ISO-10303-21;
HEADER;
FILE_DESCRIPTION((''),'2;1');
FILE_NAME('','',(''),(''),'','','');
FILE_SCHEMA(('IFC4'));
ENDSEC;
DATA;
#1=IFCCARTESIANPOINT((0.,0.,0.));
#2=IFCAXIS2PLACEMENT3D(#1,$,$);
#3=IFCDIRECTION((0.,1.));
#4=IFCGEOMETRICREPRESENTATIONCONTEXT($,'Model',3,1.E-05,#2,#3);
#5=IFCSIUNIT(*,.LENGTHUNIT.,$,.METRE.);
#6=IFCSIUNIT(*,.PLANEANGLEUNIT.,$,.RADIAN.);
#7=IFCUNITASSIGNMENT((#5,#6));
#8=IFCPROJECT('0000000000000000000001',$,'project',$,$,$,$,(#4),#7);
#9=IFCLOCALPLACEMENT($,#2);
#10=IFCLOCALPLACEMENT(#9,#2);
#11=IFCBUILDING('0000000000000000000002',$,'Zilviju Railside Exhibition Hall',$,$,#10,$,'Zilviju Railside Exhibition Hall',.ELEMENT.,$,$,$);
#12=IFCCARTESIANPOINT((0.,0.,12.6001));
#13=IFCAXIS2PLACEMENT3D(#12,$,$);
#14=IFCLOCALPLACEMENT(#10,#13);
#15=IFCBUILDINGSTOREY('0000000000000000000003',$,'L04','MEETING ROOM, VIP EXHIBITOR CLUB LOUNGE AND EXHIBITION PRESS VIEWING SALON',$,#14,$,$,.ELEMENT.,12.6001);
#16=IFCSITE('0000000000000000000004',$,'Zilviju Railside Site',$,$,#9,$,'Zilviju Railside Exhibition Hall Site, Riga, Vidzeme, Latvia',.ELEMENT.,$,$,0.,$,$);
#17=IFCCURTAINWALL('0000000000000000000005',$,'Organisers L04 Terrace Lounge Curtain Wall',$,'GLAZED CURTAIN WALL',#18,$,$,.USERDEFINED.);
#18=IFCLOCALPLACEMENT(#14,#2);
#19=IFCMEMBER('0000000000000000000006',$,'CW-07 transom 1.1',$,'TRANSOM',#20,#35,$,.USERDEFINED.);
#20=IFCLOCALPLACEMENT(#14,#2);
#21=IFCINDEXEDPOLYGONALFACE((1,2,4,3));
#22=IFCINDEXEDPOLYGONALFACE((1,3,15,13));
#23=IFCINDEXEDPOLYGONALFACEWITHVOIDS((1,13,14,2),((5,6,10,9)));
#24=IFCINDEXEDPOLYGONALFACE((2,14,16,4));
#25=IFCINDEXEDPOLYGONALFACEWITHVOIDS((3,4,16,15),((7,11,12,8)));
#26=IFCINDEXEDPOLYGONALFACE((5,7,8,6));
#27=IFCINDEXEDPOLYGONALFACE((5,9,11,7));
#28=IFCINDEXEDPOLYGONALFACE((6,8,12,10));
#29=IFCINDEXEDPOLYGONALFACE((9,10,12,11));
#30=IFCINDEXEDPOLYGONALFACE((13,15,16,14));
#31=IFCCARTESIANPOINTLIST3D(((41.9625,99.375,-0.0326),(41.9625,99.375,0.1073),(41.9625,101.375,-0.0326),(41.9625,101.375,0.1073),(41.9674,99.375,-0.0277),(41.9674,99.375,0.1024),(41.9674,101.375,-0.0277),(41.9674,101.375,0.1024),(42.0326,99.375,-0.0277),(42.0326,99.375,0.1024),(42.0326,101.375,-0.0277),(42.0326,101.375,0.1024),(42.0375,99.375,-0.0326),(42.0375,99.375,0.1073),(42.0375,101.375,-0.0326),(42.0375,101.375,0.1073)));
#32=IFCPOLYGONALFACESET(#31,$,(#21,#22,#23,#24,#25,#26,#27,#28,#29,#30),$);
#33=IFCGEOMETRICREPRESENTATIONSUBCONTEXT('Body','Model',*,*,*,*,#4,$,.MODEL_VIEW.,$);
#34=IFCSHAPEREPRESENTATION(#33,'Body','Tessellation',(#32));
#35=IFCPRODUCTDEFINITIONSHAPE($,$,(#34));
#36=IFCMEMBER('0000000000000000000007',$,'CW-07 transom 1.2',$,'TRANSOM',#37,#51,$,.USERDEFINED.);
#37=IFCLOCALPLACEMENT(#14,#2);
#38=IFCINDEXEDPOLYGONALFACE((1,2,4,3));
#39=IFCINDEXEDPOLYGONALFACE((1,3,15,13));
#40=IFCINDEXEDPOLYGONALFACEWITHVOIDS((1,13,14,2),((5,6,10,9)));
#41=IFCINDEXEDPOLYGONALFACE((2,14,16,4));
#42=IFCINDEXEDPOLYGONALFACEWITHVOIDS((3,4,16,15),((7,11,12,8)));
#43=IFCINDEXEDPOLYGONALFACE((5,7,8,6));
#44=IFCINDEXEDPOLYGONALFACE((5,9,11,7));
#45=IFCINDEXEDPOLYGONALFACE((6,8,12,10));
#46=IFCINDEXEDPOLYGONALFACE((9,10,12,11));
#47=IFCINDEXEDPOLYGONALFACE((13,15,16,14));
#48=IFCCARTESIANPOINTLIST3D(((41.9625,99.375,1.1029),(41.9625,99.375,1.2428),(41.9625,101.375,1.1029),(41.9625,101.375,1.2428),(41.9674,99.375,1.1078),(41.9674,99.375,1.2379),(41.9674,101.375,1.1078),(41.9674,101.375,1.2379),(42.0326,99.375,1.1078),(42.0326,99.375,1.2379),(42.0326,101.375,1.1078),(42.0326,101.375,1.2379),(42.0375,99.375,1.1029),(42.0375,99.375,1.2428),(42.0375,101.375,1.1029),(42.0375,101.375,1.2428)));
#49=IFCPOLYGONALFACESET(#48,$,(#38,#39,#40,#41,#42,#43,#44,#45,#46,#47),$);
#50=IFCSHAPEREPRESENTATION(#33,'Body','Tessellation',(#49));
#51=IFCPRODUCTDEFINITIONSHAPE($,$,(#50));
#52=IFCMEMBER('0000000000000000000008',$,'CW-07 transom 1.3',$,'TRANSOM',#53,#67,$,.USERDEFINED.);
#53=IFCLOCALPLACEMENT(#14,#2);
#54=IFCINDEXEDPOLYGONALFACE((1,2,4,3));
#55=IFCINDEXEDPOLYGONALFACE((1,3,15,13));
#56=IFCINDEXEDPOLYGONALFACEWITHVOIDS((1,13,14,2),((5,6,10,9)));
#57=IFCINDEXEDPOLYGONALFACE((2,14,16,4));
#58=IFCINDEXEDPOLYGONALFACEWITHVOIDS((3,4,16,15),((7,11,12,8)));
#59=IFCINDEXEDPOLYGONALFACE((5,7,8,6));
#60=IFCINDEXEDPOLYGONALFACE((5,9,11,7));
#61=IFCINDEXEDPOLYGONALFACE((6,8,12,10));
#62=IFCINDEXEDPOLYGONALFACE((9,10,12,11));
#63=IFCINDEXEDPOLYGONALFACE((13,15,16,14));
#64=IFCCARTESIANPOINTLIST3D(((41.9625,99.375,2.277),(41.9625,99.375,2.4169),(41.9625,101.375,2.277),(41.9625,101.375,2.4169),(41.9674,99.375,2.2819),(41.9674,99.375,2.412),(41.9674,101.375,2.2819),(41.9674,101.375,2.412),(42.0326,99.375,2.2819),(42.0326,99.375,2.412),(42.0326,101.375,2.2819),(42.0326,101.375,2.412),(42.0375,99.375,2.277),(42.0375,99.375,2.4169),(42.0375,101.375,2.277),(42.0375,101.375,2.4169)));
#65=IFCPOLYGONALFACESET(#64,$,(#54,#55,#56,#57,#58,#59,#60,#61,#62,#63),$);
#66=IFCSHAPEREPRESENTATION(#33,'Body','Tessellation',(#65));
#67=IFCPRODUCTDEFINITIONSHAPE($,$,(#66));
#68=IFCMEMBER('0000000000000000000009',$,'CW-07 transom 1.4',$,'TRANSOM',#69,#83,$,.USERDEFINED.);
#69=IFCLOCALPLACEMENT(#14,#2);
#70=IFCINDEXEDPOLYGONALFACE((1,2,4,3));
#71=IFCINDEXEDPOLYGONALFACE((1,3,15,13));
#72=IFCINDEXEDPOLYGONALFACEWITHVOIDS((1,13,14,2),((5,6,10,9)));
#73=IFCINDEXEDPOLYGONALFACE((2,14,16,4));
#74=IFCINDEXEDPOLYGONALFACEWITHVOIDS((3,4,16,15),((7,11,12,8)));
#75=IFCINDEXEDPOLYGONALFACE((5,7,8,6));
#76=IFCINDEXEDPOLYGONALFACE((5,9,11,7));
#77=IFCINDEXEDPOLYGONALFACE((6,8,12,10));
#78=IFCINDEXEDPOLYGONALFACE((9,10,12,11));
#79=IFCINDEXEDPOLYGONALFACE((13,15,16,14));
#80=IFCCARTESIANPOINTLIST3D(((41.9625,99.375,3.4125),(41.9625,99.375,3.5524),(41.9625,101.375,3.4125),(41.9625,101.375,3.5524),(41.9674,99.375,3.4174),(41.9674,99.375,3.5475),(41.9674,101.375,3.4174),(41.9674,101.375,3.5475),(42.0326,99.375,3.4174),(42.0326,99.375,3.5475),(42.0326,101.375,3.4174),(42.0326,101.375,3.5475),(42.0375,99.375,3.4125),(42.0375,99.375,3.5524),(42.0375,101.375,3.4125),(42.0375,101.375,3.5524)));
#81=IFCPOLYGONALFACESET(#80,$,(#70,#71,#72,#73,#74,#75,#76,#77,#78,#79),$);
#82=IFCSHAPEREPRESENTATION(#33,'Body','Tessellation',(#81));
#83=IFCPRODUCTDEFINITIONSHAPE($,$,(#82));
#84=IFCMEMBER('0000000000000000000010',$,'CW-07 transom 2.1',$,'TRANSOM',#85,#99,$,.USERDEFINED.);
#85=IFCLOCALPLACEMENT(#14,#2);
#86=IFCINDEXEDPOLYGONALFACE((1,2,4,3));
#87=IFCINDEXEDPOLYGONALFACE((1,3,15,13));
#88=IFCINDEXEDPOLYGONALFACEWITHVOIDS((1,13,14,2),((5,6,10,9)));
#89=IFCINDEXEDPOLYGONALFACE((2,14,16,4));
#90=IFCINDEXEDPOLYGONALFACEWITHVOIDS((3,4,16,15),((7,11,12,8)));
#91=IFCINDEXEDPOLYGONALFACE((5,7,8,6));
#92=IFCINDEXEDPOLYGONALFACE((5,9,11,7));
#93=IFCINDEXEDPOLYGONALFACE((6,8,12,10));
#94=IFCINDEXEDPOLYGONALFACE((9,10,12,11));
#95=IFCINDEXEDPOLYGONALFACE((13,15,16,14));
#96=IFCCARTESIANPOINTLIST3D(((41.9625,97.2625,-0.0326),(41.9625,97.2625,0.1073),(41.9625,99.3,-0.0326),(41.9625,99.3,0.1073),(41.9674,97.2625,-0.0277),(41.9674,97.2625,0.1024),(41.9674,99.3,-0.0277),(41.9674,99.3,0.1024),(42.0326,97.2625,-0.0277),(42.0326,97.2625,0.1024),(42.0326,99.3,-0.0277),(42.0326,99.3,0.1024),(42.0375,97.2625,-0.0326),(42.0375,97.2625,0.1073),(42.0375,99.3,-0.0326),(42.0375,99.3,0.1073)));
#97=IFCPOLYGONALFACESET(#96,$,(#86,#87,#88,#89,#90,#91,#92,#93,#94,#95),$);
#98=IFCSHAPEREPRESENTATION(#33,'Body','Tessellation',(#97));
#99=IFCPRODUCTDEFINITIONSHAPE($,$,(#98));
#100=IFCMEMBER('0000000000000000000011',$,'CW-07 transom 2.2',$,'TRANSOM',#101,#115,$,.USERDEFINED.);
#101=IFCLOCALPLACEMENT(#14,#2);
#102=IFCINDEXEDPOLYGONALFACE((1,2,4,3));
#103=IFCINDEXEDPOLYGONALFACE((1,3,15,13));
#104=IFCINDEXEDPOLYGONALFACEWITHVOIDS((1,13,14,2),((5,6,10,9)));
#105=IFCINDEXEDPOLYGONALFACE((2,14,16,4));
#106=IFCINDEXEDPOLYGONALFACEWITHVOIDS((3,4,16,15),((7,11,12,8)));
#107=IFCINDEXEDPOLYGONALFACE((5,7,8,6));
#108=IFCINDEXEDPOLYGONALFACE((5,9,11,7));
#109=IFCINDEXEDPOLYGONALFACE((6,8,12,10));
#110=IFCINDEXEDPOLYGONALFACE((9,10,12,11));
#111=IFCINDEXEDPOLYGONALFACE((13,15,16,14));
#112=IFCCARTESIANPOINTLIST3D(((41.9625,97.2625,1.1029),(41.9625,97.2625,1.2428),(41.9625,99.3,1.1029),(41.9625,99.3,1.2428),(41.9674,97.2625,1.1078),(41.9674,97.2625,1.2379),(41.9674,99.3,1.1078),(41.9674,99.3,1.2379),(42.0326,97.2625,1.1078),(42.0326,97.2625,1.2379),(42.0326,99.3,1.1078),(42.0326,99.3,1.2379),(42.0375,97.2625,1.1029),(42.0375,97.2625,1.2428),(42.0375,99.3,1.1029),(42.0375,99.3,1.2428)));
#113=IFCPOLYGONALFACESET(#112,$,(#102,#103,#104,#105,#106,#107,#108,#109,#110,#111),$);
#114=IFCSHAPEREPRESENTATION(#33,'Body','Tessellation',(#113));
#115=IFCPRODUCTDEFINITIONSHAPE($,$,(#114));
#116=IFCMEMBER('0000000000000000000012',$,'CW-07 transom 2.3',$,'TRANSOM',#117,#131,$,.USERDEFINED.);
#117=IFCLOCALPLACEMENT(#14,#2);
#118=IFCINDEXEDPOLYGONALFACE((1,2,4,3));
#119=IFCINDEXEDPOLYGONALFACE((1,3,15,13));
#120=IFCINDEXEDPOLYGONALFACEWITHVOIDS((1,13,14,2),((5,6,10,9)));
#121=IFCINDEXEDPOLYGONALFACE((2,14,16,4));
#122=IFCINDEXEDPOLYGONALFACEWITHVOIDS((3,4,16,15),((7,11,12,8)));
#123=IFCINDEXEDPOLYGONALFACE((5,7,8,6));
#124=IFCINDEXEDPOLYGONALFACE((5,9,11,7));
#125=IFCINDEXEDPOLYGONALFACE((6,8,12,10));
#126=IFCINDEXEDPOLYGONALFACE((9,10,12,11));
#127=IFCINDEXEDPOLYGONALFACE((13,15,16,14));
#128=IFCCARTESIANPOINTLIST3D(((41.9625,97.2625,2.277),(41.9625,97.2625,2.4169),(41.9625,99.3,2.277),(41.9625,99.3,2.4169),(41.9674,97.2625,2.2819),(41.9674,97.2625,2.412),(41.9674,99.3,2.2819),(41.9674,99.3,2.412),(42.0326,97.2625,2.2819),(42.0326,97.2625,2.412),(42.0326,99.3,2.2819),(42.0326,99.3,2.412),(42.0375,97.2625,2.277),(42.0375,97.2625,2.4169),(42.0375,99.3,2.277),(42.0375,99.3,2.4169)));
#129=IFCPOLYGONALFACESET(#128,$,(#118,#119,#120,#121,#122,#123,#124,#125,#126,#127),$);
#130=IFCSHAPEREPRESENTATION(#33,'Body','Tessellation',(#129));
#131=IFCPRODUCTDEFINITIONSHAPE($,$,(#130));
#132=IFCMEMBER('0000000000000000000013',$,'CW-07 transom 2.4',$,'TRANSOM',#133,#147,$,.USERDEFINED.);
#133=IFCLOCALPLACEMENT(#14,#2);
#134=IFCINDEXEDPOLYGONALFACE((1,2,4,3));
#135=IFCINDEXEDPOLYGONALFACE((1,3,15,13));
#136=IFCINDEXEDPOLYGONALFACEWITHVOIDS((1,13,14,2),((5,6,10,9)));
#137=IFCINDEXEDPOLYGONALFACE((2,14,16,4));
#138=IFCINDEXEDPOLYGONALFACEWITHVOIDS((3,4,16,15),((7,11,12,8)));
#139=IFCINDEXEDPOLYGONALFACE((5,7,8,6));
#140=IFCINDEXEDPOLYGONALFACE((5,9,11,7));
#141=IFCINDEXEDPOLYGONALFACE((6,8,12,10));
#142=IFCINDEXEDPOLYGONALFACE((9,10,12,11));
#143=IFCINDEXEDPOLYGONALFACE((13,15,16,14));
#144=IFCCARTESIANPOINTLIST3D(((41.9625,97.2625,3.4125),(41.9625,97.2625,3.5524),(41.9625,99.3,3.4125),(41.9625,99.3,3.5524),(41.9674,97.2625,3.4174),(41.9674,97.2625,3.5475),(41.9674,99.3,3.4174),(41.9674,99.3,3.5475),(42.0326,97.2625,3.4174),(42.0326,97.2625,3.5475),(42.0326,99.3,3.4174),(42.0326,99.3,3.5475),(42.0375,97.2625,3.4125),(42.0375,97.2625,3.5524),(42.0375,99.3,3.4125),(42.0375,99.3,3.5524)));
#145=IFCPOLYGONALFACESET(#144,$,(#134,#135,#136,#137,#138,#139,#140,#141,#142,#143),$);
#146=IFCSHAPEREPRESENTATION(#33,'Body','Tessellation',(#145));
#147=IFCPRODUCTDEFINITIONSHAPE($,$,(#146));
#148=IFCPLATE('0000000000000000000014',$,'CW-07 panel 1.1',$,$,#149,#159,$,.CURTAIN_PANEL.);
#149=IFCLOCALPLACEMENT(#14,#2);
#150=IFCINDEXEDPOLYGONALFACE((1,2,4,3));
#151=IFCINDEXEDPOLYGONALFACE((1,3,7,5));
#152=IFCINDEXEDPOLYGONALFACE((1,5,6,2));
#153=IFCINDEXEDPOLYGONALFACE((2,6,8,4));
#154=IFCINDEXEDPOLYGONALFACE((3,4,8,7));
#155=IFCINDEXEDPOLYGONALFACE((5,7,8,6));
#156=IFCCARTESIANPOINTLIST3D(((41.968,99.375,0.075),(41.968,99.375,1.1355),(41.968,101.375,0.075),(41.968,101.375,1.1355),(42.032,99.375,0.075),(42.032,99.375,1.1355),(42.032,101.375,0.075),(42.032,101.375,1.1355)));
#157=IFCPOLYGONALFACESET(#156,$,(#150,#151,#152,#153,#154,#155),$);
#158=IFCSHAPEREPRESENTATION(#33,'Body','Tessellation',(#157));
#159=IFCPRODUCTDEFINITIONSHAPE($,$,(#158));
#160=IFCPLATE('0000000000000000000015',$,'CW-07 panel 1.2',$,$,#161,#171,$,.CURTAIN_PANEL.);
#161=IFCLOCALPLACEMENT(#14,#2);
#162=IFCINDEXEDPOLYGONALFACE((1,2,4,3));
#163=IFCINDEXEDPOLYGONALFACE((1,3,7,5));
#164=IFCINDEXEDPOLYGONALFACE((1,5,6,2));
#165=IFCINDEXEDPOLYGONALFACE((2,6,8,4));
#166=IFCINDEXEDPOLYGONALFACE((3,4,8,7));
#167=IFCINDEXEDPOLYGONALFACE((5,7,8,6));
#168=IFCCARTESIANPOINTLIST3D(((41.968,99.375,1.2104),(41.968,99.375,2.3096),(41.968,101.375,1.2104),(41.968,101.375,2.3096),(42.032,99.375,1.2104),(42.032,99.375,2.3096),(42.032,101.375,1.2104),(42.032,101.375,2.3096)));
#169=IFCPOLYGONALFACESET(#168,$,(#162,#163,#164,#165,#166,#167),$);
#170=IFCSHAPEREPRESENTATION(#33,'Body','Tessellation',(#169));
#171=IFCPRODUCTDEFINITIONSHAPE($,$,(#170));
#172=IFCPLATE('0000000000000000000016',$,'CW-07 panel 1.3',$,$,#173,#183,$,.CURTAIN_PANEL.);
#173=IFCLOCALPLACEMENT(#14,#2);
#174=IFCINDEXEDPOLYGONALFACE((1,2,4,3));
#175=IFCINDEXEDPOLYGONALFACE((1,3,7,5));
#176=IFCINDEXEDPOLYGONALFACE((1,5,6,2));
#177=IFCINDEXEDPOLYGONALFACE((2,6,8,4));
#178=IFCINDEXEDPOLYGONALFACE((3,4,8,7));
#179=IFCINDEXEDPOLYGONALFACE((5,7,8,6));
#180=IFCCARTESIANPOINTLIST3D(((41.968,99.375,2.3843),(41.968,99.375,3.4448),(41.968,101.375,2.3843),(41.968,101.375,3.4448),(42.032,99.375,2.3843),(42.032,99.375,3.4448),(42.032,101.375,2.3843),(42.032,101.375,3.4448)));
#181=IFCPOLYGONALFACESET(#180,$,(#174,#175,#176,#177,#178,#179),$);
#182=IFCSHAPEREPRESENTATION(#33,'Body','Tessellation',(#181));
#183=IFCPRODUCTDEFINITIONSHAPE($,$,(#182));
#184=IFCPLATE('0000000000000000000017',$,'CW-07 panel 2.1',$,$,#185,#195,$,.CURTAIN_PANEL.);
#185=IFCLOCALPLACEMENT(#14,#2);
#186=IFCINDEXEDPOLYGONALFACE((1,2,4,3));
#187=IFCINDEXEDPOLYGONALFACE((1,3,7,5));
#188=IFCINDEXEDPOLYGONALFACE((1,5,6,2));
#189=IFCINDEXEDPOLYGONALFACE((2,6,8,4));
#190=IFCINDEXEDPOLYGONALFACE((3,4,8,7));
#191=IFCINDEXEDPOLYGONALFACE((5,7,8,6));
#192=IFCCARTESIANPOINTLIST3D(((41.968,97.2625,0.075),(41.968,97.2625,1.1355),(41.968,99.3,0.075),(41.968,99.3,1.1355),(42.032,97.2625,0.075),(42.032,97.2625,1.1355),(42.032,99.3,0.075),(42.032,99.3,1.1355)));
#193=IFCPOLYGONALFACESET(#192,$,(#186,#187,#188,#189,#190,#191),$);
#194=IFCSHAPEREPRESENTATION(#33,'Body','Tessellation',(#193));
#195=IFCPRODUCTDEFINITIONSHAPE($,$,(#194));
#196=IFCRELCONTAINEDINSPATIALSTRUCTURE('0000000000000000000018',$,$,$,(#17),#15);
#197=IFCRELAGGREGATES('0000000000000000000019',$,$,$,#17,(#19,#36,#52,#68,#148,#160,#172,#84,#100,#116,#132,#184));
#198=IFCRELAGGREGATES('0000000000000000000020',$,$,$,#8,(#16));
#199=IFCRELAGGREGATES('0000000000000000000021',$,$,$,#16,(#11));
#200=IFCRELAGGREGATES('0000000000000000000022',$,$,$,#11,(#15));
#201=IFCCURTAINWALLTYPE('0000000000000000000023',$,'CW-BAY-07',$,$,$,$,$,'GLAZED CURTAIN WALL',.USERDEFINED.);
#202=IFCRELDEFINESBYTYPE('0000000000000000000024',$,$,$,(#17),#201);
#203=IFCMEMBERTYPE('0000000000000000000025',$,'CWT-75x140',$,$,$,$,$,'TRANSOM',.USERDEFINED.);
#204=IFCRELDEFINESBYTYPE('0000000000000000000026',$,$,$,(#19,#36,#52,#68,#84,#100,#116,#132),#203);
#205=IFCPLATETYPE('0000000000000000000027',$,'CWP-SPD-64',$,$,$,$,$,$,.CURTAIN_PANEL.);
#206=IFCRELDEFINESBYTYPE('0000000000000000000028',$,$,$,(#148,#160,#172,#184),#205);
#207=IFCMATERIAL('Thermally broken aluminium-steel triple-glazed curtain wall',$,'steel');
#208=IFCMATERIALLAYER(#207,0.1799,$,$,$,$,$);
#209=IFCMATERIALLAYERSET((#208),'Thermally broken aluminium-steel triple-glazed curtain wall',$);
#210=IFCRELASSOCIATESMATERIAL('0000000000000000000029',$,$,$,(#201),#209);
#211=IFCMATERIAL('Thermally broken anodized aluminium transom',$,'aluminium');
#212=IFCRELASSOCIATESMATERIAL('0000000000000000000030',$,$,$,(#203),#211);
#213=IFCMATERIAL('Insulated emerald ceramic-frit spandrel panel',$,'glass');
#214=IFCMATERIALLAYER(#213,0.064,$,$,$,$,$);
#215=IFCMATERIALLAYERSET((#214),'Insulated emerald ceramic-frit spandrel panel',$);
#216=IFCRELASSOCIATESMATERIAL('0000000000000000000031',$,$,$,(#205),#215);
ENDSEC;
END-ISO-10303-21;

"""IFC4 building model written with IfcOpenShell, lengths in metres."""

from ifc_helpers import new_model, si_unit, direction, frame, origin, origin_2d, place, context, subcontext, project, spatial, rectangle, hollow_rectangle, extrude, material, layer, layer_set, material_profile, profile_set, type_object, element, aggregate, save


model = new_model("IFC4")

# Units and contexts
model_context = context("Model", 3, precision=1e-05, world=origin(), true_north=direction((0.0, 1.0)))
body_context = subcontext(model_context, "Body", "Model", "MODEL_VIEW")
ifc_project = project(units=[si_unit("LENGTHUNIT", "METRE"), si_unit("PLANEANGLEUNIT", "RADIAN")], contexts=[model_context])

# Site, building, storey
site_placement = place(None, origin())
site = spatial("IfcSite", under=ifc_project, at=site_placement, Name="Zilviju Railside Site", LongName="Zilviju Railside Exhibition Hall Site, Riga, Vidzeme, Latvia", CompositionType="ELEMENT", RefElevation=0.0)
building_placement = place(site_placement, origin())
building = spatial("IfcBuilding", under=site, at=building_placement, Name="Zilviju Railside Exhibition Hall", LongName="Zilviju Railside Exhibition Hall", CompositionType="ELEMENT")
storey_placement = place(building_placement, frame((0.0, 0.0, 12.6001)))
storey = spatial("IfcBuildingStorey", under=building, at=storey_placement, Name="L04", Description="MEETING ROOM, VIP EXHIBITOR CLUB LOUNGE AND EXHIBITION PRESS VIEWING SALON", CompositionType="ELEMENT", Elevation=12.6001)

# Curtain wall, members, plates
ifc_material_1 = material(Name="Thermally broken aluminium-steel triple-glazed curtain wall", Category="steel")
ifc_layer_1 = layer(ifc_material_1, 0.1799)
ifc_layer_set_1 = layer_set([ifc_layer_1], Name="Thermally broken aluminium-steel triple-glazed curtain wall")
curtain_wall_type = type_object("IfcCurtainWallType", Name="CW-BAY-07", ElementType="GLAZED CURTAIN WALL", PredefinedType="USERDEFINED", material=ifc_layer_set_1)
curtain_wall_placement = place(storey_placement, origin())
curtain_wall = element("IfcCurtainWall", 1, at=curtain_wall_placement, inside=storey, type_object=curtain_wall_type, Name="Organisers L04 Terrace Lounge Curtain Wall", ObjectType="GLAZED CURTAIN WALL", PredefinedType="USERDEFINED")
ifc_material_2 = material(Name="Thermally broken anodized aluminium transom", Category="aluminium")
ifc_material_profile_1 = material_profile(ifc_material_2, hollow_rectangle(XDim=0.075, YDim=0.1399, WallThickness=0.0049, at=origin_2d()), Name="TRANSOM 140x75x5")
ifc_profile_set_1 = profile_set([ifc_material_profile_1], Name="Thermally broken anodized aluminium transom")
member_type_1 = type_object("IfcMemberType", Name="CWT-75x140", ElementType="TRANSOM", PredefinedType="USERDEFINED", material=ifc_profile_set_1)
member_1_placement = place(storey_placement, frame((42.0, 101.375, 0.0374), z_axis=(0.0, -1.0, 0.0), x_axis=(1.0, 0.0, 0.0)))
member_1 = element("IfcMember", 2, at=member_1_placement, type_object=member_type_1, Name="CW-07 transom 1.1", ObjectType="TRANSOM", PredefinedType="USERDEFINED", context=body_context, shape_type="SweptSolid", body=[
    extrude(hollow_rectangle(XDim=0.075, YDim=0.1399, WallThickness=0.0049, at=origin_2d()), origin(), (0.0, 0.0, 1.0), 2.0),
])
member_2_placement = place(storey_placement, frame((42.0, 101.375, 1.1729), z_axis=(0.0, -1.0, 0.0), x_axis=(1.0, 0.0, 0.0)))
member_2 = element("IfcMember", 3, at=member_2_placement, type_object=member_type_1, Name="CW-07 transom 1.2", ObjectType="TRANSOM", PredefinedType="USERDEFINED", context=body_context, shape_type="SweptSolid", body=[
    extrude(hollow_rectangle(XDim=0.075, YDim=0.1399, WallThickness=0.0049, at=origin_2d()), origin(), (0.0, 0.0, 1.0), 2.0),
])
member_3_placement = place(storey_placement, frame((42.0, 101.375, 2.3469), z_axis=(0.0, -1.0, 0.0), x_axis=(1.0, 0.0, 0.0)))
member_3 = element("IfcMember", 4, at=member_3_placement, type_object=member_type_1, Name="CW-07 transom 1.3", ObjectType="TRANSOM", PredefinedType="USERDEFINED", context=body_context, shape_type="SweptSolid", body=[
    extrude(hollow_rectangle(XDim=0.075, YDim=0.1399, WallThickness=0.0049, at=origin_2d()), origin(), (0.0, 0.0, 1.0), 2.0),
])
member_4_placement = place(storey_placement, frame((42.0, 101.375, 3.4824), z_axis=(0.0, -1.0, 0.0), x_axis=(1.0, 0.0, 0.0)))
member_4 = element("IfcMember", 5, at=member_4_placement, type_object=member_type_1, Name="CW-07 transom 1.4", ObjectType="TRANSOM", PredefinedType="USERDEFINED", context=body_context, shape_type="SweptSolid", body=[
    extrude(hollow_rectangle(XDim=0.075, YDim=0.1399, WallThickness=0.0049, at=origin_2d()), origin(), (0.0, 0.0, 1.0), 2.0),
])
member_5_placement = place(storey_placement, frame((42.0, 99.3, 0.0374), z_axis=(0.0, -1.0, 0.0), x_axis=(1.0, 0.0, 0.0)))
member_5 = element("IfcMember", 6, at=member_5_placement, type_object=member_type_1, Name="CW-07 transom 2.1", ObjectType="TRANSOM", PredefinedType="USERDEFINED", context=body_context, shape_type="SweptSolid", body=[
    extrude(hollow_rectangle(XDim=0.075, YDim=0.1399, WallThickness=0.0049, at=origin_2d()), origin(), (0.0, 0.0, 1.0), 2.0376),
])
member_6_placement = place(storey_placement, frame((42.0, 99.3, 1.1729), z_axis=(0.0, -1.0, 0.0), x_axis=(1.0, 0.0, 0.0)))
member_6 = element("IfcMember", 7, at=member_6_placement, type_object=member_type_1, Name="CW-07 transom 2.2", ObjectType="TRANSOM", PredefinedType="USERDEFINED", context=body_context, shape_type="SweptSolid", body=[
    extrude(hollow_rectangle(XDim=0.075, YDim=0.1399, WallThickness=0.0049, at=origin_2d()), origin(), (0.0, 0.0, 1.0), 2.0376),
])
member_7_placement = place(storey_placement, frame((42.0, 99.3, 2.3469), z_axis=(0.0, -1.0, 0.0), x_axis=(1.0, 0.0, 0.0)))
member_7 = element("IfcMember", 8, at=member_7_placement, type_object=member_type_1, Name="CW-07 transom 2.3", ObjectType="TRANSOM", PredefinedType="USERDEFINED", context=body_context, shape_type="SweptSolid", body=[
    extrude(hollow_rectangle(XDim=0.075, YDim=0.1399, WallThickness=0.0049, at=origin_2d()), origin(), (0.0, 0.0, 1.0), 2.0376),
])
member_8_placement = place(storey_placement, frame((42.0, 99.3, 3.4824), z_axis=(0.0, -1.0, 0.0), x_axis=(1.0, 0.0, 0.0)))
member_8 = element("IfcMember", 9, at=member_8_placement, type_object=member_type_1, Name="CW-07 transom 2.4", ObjectType="TRANSOM", PredefinedType="USERDEFINED", context=body_context, shape_type="SweptSolid", body=[
    extrude(hollow_rectangle(XDim=0.075, YDim=0.1399, WallThickness=0.0049, at=origin_2d()), origin(), (0.0, 0.0, 1.0), 2.0376),
])
ifc_material_3 = material(Name="Insulated emerald ceramic-frit spandrel panel", Category="glass")
ifc_layer_2 = layer(ifc_material_3, 0.064)
ifc_layer_set_2 = layer_set([ifc_layer_2], Name="Insulated emerald ceramic-frit spandrel panel")
plate_type = type_object("IfcPlateType", Name="CWP-SPD-64", PredefinedType="CURTAIN_PANEL", material=ifc_layer_set_2)
plate_1_placement = place(storey_placement, frame((42.0, 100.375, 0.075), z_axis=(0.0, 0.0, 1.0), x_axis=(0.0, -1.0, 0.0)))
plate_1 = element("IfcPlate", 10, at=plate_1_placement, type_object=plate_type, Name="CW-07 panel 1.1", PredefinedType="CURTAIN_PANEL", context=body_context, shape_type="SweptSolid", body=[
    extrude(rectangle(XDim=2.0, YDim=0.064, at=origin_2d()), origin(), (0.0, 0.0, 1.0), 1.0605),
])
plate_2_placement = place(storey_placement, frame((42.0, 100.375, 1.2104), z_axis=(0.0, 0.0, 1.0), x_axis=(0.0, -1.0, 0.0)))
plate_2 = element("IfcPlate", 11, at=plate_2_placement, type_object=plate_type, Name="CW-07 panel 1.2", PredefinedType="CURTAIN_PANEL", context=body_context, shape_type="SweptSolid", body=[
    extrude(rectangle(XDim=2.0, YDim=0.064, at=origin_2d()), origin(), (0.0, 0.0, 1.0), 1.0991),
])
plate_3_placement = place(storey_placement, frame((42.0, 100.375, 2.3843), z_axis=(0.0, 0.0, 1.0), x_axis=(0.0, -1.0, 0.0)))
plate_3 = element("IfcPlate", 12, at=plate_3_placement, type_object=plate_type, Name="CW-07 panel 1.3", PredefinedType="CURTAIN_PANEL", context=body_context, shape_type="SweptSolid", body=[
    extrude(rectangle(XDim=2.0, YDim=0.064, at=origin_2d()), origin(), (0.0, 0.0, 1.0), 1.0605),
])
plate_4_placement = place(storey_placement, frame((42.0, 98.2812, 0.075), z_axis=(0.0, 0.0, 1.0), x_axis=(0.0, -1.0, 0.0)))
plate_4 = element("IfcPlate", 13, at=plate_4_placement, type_object=plate_type, Name="CW-07 panel 2.1", PredefinedType="CURTAIN_PANEL", context=body_context, shape_type="SweptSolid", body=[
    extrude(rectangle(XDim=2.0376, YDim=0.064, at=origin_2d()), origin(), (0.0, 0.0, 1.0), 1.0605),
])
aggregate(curtain_wall, [member_1, member_2, member_3, member_4, plate_1, plate_2, plate_3, member_5, member_6, member_7, member_8, plate_4])

save(model, "model.ifc")
